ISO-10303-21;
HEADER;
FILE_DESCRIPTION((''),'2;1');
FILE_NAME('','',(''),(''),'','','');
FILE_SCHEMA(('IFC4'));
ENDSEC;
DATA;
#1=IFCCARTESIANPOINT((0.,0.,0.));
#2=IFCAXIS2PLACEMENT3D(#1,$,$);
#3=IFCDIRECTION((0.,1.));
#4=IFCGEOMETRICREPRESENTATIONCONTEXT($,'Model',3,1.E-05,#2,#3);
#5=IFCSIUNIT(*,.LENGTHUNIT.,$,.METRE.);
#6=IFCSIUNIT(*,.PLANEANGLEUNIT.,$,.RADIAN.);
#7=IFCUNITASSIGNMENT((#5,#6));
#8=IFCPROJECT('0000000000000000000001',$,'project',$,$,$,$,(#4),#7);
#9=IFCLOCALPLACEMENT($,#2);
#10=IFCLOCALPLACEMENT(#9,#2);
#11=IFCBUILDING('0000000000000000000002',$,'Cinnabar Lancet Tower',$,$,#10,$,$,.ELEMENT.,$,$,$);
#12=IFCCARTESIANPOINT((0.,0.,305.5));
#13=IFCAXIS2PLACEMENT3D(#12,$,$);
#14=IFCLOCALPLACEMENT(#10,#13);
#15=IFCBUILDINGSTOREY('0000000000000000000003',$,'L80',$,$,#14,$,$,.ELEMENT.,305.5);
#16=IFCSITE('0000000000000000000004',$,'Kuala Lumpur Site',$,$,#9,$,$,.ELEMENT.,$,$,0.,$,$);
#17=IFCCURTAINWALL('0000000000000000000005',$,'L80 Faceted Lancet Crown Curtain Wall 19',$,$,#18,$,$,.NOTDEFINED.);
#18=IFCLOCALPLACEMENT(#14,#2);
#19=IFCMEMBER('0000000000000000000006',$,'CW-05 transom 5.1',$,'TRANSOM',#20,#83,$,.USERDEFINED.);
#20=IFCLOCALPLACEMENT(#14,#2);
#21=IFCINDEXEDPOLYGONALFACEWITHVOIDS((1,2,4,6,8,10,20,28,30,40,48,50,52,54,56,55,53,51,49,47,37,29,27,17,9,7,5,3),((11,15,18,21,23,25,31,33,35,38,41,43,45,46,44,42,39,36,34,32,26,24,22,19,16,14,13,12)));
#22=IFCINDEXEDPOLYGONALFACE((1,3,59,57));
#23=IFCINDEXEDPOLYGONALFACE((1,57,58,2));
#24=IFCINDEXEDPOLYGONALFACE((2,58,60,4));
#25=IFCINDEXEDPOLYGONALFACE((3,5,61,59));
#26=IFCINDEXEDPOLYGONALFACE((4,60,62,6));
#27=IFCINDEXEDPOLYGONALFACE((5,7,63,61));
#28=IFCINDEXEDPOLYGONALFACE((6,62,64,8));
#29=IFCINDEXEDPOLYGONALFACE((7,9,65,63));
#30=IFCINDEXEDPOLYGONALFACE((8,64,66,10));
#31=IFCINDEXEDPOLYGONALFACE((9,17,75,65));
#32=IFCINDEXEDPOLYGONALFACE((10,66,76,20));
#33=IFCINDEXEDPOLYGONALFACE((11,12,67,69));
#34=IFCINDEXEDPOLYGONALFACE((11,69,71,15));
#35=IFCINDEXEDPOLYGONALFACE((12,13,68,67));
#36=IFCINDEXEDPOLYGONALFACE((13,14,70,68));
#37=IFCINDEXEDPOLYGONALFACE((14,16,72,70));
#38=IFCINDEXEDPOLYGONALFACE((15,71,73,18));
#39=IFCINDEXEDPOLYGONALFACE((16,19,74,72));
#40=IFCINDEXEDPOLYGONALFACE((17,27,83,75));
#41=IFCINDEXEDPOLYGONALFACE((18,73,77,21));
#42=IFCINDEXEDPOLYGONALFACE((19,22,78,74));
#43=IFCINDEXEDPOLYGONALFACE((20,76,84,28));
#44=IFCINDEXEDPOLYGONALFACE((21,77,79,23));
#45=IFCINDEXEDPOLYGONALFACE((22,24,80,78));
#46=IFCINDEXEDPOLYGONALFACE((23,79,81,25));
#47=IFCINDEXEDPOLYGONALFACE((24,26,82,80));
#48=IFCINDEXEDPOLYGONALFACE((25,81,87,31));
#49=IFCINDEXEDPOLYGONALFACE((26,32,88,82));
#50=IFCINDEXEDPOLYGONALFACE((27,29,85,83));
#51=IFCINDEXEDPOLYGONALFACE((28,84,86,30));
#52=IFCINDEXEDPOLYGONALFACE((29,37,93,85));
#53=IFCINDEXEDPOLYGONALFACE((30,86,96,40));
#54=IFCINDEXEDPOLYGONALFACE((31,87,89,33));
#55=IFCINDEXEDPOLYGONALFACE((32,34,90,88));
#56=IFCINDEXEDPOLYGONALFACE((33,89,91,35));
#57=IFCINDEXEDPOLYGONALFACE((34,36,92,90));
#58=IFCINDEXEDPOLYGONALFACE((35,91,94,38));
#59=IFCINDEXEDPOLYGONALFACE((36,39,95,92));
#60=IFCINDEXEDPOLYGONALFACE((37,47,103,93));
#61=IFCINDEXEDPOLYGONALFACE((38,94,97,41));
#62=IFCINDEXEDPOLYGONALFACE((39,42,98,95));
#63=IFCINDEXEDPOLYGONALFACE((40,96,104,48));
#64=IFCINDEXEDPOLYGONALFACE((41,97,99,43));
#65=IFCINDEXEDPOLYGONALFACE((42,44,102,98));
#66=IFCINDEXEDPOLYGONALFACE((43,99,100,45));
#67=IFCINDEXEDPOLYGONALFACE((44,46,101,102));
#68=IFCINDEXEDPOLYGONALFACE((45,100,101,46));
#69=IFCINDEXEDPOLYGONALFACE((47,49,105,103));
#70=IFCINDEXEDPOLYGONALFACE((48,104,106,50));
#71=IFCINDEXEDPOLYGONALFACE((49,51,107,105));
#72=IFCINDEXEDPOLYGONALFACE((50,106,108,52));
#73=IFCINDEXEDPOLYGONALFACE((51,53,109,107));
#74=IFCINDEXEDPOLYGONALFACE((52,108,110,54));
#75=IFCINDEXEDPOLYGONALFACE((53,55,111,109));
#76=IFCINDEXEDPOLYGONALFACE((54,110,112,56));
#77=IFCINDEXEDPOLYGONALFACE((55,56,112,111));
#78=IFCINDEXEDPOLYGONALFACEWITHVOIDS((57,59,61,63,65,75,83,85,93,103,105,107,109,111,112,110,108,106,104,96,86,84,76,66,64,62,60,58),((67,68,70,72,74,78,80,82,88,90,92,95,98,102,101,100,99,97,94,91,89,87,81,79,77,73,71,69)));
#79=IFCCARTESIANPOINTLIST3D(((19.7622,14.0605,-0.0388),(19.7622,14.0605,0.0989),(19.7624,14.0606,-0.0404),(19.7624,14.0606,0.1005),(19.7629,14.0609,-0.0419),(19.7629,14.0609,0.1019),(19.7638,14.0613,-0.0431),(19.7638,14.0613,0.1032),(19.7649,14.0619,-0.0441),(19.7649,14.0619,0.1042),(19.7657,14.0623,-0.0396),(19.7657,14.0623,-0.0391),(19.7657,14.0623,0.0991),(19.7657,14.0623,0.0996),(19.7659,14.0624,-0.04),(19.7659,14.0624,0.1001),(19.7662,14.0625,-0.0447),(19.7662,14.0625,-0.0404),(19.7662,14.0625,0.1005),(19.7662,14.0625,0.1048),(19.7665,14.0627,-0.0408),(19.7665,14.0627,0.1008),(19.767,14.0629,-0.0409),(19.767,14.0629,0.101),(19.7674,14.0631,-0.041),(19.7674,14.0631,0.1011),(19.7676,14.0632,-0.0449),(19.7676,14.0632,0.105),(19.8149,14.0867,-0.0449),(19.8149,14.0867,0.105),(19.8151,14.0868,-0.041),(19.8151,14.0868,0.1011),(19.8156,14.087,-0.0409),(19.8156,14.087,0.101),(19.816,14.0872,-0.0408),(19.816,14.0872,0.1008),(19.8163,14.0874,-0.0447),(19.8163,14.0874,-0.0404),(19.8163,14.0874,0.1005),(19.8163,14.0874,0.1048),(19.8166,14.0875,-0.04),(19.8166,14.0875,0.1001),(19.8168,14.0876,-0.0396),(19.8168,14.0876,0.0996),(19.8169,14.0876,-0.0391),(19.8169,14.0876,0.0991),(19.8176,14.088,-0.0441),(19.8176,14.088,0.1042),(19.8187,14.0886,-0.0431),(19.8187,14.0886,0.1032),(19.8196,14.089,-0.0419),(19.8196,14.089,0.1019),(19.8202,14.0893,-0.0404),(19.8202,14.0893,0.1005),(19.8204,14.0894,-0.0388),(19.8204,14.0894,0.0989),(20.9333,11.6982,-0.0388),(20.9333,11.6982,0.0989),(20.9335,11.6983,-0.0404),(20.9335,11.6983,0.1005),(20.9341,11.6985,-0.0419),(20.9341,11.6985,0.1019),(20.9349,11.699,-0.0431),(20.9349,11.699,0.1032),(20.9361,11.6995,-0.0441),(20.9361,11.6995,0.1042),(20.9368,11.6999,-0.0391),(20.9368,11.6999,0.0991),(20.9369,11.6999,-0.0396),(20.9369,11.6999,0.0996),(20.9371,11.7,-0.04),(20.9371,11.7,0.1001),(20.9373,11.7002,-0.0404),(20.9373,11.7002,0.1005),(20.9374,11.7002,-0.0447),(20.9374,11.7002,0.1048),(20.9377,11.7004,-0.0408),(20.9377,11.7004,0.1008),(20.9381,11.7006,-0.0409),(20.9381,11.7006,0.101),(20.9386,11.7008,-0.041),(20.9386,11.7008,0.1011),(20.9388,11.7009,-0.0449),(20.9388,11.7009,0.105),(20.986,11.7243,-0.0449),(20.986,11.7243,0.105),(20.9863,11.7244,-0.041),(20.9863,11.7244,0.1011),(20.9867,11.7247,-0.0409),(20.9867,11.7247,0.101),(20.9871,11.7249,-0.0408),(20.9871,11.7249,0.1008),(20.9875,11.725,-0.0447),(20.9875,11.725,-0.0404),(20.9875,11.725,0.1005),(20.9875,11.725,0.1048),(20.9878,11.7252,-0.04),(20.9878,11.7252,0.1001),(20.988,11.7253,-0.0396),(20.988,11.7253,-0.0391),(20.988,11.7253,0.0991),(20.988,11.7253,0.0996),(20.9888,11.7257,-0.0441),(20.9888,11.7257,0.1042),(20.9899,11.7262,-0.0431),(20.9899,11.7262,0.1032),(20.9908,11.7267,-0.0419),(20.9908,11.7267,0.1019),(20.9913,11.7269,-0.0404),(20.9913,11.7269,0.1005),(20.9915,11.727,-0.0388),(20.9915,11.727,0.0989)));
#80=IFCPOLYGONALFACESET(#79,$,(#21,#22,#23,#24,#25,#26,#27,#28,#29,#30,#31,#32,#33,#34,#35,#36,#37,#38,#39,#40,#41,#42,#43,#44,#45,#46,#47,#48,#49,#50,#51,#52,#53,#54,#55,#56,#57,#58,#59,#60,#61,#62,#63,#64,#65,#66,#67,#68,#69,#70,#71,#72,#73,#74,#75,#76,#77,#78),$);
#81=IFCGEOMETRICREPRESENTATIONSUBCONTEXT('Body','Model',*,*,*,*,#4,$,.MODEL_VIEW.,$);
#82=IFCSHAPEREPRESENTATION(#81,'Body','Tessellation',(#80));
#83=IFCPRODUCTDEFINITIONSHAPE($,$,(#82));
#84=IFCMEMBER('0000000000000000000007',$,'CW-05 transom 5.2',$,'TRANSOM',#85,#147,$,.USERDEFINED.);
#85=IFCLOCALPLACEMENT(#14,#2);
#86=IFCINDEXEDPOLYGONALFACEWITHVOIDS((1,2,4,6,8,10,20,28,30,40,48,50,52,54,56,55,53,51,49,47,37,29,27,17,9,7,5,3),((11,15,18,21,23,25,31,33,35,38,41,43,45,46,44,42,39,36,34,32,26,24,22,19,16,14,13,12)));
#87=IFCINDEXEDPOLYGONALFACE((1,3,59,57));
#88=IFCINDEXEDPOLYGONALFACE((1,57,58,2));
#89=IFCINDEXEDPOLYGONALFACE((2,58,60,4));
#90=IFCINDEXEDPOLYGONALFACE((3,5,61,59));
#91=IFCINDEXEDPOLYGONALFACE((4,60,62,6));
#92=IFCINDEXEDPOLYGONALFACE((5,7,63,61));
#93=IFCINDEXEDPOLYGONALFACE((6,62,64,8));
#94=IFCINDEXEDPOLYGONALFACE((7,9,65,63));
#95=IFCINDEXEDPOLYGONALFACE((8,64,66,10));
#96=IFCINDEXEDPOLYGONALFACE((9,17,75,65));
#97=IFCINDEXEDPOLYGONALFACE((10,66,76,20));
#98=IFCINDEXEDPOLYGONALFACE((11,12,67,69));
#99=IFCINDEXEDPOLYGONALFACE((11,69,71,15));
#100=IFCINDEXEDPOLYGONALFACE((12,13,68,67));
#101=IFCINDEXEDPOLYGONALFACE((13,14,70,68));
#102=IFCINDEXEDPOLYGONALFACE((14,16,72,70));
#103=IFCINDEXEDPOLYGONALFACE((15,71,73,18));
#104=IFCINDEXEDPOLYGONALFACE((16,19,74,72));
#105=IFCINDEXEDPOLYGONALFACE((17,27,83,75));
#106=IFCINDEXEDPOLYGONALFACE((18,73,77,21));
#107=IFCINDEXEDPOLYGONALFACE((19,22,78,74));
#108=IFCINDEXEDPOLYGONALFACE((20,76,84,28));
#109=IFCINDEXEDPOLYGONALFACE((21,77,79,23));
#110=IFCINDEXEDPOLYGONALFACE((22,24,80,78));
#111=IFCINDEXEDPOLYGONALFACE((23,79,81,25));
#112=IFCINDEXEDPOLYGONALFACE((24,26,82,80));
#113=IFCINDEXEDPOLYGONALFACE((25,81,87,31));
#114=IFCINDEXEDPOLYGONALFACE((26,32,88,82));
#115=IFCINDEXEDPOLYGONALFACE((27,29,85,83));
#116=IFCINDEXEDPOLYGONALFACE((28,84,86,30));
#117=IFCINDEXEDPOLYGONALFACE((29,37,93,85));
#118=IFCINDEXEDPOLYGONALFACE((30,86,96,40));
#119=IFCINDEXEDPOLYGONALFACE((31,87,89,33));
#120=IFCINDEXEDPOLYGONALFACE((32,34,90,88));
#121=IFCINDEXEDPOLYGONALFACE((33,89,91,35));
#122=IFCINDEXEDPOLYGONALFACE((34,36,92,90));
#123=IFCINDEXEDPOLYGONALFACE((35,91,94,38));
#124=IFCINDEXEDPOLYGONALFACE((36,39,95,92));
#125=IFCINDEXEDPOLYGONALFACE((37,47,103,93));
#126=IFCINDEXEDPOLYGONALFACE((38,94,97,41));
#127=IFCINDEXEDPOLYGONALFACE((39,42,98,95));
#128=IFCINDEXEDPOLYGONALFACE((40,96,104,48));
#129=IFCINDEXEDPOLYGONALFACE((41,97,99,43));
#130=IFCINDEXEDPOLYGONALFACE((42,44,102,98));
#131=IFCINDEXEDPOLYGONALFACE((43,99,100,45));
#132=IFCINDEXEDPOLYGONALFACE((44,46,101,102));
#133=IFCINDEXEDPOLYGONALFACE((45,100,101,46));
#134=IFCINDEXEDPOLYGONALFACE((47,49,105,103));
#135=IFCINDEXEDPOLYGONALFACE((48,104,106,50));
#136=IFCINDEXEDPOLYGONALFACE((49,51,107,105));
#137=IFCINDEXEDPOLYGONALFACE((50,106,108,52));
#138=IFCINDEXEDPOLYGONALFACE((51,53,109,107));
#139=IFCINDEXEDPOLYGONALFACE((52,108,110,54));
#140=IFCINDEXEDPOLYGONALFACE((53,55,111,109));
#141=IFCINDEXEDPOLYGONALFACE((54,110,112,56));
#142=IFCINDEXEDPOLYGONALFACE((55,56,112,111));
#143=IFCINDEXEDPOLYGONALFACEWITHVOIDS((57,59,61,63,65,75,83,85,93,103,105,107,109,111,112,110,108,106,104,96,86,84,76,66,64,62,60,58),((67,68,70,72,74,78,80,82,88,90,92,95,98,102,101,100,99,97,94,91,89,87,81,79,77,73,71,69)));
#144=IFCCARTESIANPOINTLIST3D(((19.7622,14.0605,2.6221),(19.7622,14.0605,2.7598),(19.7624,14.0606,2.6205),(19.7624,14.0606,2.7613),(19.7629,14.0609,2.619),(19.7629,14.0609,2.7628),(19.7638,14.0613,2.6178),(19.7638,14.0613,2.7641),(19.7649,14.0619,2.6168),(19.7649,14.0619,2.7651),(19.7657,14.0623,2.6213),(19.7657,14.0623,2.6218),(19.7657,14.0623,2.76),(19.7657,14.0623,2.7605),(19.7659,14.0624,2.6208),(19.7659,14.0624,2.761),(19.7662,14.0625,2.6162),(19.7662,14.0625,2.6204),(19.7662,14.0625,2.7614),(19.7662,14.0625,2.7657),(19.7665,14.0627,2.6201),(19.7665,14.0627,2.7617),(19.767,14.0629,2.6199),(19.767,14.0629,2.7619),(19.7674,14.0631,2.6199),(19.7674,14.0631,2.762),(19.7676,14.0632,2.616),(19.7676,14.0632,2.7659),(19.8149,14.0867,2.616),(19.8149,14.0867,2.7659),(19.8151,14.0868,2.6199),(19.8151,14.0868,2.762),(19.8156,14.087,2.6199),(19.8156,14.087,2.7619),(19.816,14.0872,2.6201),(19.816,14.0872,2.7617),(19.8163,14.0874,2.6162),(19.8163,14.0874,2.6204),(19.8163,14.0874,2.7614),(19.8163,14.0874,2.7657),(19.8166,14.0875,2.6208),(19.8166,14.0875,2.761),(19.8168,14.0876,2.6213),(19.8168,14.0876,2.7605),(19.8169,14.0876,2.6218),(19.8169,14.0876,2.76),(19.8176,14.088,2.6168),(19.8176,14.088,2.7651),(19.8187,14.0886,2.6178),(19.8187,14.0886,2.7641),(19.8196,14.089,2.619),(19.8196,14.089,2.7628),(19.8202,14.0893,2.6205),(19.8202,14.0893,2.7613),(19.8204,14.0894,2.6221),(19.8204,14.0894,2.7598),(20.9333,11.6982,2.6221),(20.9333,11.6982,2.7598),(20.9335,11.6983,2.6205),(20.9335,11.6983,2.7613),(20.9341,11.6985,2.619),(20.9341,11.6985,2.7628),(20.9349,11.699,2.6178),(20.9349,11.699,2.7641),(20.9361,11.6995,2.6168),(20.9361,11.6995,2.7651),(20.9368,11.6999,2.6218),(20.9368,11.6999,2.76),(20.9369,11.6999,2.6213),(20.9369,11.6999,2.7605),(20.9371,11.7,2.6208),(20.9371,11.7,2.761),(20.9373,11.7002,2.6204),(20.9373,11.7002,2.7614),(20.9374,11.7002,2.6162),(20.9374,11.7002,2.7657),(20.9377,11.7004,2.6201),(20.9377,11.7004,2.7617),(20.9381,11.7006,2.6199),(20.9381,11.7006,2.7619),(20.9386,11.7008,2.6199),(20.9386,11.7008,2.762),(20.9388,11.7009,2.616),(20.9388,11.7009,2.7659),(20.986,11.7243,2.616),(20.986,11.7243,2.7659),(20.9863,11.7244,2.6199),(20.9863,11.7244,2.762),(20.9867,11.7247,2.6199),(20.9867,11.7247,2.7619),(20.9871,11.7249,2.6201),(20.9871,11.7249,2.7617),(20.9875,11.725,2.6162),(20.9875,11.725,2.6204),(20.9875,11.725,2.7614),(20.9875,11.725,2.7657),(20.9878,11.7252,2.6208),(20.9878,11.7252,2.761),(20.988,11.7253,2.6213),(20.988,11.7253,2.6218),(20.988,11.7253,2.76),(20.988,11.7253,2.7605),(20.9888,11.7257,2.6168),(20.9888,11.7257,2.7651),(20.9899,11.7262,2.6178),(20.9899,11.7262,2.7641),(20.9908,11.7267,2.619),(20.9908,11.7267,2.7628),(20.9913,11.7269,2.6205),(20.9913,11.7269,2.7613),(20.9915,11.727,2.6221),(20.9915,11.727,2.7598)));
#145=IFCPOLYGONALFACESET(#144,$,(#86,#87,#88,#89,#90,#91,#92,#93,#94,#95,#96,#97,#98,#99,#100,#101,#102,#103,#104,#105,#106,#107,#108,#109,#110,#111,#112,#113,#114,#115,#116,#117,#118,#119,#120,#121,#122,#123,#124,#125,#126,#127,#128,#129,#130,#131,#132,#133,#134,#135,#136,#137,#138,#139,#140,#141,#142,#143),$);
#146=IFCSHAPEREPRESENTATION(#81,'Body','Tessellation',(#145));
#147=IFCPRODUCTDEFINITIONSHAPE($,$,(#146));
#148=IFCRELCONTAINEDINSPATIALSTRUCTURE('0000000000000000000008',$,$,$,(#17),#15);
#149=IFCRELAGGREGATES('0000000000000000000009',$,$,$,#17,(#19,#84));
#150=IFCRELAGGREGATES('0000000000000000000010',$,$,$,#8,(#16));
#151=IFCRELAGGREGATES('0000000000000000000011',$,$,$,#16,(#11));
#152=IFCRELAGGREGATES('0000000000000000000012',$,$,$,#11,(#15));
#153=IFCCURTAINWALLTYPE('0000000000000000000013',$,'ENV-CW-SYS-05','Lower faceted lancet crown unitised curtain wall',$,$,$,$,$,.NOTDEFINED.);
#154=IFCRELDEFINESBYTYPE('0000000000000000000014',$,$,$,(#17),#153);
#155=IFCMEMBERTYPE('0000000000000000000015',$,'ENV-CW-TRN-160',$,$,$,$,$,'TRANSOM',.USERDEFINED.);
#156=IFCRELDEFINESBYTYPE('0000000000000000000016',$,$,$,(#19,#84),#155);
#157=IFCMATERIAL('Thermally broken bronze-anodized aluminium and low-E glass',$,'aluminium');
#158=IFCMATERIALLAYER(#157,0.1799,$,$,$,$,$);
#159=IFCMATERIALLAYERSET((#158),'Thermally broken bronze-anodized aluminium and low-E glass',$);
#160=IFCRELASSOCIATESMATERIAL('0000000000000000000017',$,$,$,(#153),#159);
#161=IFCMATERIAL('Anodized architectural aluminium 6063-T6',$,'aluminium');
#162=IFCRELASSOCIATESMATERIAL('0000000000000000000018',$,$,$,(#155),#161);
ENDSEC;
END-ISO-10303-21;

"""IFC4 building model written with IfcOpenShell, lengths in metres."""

from ifc_helpers import new_model, si_unit, direction, frame, origin, origin_2d, place, context, subcontext, project, spatial, hollow_rectangle, extrude, material, layer, layer_set, material_profile, profile_set, type_object, element, aggregate, save


model = new_model("IFC4")

# Units and contexts
model_context = context("Model", 3, precision=1e-05, world=origin(), true_north=direction((0.0, 1.0)))
body_context = subcontext(model_context, "Body", "Model", "MODEL_VIEW")
ifc_project = project(units=[si_unit("LENGTHUNIT", "METRE"), si_unit("PLANEANGLEUNIT", "RADIAN")], contexts=[model_context])

# Site, building, storey
site_placement = place(None, origin())
site = spatial("IfcSite", under=ifc_project, at=site_placement, Name="Kuala Lumpur Site", CompositionType="ELEMENT", RefElevation=0.0)
building_placement = place(site_placement, origin())
building = spatial("IfcBuilding", under=site, at=building_placement, Name="Cinnabar Lancet Tower", CompositionType="ELEMENT")
storey_placement = place(building_placement, frame((0.0, 0.0, 305.5)))
storey = spatial("IfcBuildingStorey", under=building, at=storey_placement, Name="L80", CompositionType="ELEMENT", Elevation=305.5)

# Curtain wall
ifc_material_1 = material(Name="Thermally broken bronze-anodized aluminium and low-E glass", Category="aluminium")
ifc_layer_1 = layer(ifc_material_1, 0.1799)
ifc_layer_set_1 = layer_set([ifc_layer_1], Name="Thermally broken bronze-anodized aluminium and low-E glass")
curtain_wall_type = type_object("IfcCurtainWallType", Name="ENV-CW-SYS-05", Description="Lower faceted lancet crown unitised curtain wall", PredefinedType="NOTDEFINED", material=ifc_layer_set_1)
curtain_wall_1_placement = place(storey_placement, origin())
curtain_wall_1 = element("IfcCurtainWall", 1, at=curtain_wall_1_placement, inside=storey, type_object=curtain_wall_type, Name="L80 Faceted Lancet Crown Curtain Wall 19", PredefinedType="NOTDEFINED")

# Members
ifc_material_2 = material(Name="Anodized architectural aluminium 6063-T6", Category="aluminium")
ifc_material_profile_1 = material_profile(ifc_material_2, hollow_rectangle(XDim=0.0649, YDim=0.1499, WallThickness=0.0039, InnerFilletRadius=0.002, OuterFilletRadius=0.0061, at=origin_2d()), Name="CW-TRN 150x65x4")
ifc_profile_set_1 = profile_set([ifc_material_profile_1], Name="Anodized architectural aluminium 6063-T6")
member_type_1 = type_object("IfcMemberType", Name="ENV-CW-TRN-160", ElementType="TRANSOM", PredefinedType="USERDEFINED", material=ifc_profile_set_1)
member_1_placement = place(storey_placement, frame((19.7913, 14.075, 0.03), z_axis=(0.444174, -0.895941, 0.0), x_axis=(0.895941, 0.444174, 0.0)))
member_1 = element("IfcMember", 2, at=member_1_placement, type_object=member_type_1, Name="CW-05 transom 5.1", ObjectType="TRANSOM", PredefinedType="USERDEFINED", context=body_context, shape_type="SweptSolid", body=[
    extrude(hollow_rectangle(XDim=0.0649, YDim=0.1499, WallThickness=0.0039, InnerFilletRadius=0.002, OuterFilletRadius=0.0061, at=origin_2d()), origin(), (0.0, 0.0, 1.0), 2.6367),
])
member_2_placement = place(storey_placement, frame((19.7913, 14.075, 2.6909), z_axis=(0.444174, -0.895941, 0.0), x_axis=(0.895941, 0.444174, 0.0)))
member_2 = element("IfcMember", 3, at=member_2_placement, type_object=member_type_1, Name="CW-05 transom 5.2", ObjectType="TRANSOM", PredefinedType="USERDEFINED", context=body_context, shape_type="SweptSolid", body=[
    extrude(hollow_rectangle(XDim=0.0649, YDim=0.1499, WallThickness=0.0039, InnerFilletRadius=0.002, OuterFilletRadius=0.0061, at=origin_2d()), origin(), (0.0, 0.0, 1.0), 2.6367),
])

aggregate(curtain_wall_1, [member_1, member_2])

save(model, "model.ifc")
